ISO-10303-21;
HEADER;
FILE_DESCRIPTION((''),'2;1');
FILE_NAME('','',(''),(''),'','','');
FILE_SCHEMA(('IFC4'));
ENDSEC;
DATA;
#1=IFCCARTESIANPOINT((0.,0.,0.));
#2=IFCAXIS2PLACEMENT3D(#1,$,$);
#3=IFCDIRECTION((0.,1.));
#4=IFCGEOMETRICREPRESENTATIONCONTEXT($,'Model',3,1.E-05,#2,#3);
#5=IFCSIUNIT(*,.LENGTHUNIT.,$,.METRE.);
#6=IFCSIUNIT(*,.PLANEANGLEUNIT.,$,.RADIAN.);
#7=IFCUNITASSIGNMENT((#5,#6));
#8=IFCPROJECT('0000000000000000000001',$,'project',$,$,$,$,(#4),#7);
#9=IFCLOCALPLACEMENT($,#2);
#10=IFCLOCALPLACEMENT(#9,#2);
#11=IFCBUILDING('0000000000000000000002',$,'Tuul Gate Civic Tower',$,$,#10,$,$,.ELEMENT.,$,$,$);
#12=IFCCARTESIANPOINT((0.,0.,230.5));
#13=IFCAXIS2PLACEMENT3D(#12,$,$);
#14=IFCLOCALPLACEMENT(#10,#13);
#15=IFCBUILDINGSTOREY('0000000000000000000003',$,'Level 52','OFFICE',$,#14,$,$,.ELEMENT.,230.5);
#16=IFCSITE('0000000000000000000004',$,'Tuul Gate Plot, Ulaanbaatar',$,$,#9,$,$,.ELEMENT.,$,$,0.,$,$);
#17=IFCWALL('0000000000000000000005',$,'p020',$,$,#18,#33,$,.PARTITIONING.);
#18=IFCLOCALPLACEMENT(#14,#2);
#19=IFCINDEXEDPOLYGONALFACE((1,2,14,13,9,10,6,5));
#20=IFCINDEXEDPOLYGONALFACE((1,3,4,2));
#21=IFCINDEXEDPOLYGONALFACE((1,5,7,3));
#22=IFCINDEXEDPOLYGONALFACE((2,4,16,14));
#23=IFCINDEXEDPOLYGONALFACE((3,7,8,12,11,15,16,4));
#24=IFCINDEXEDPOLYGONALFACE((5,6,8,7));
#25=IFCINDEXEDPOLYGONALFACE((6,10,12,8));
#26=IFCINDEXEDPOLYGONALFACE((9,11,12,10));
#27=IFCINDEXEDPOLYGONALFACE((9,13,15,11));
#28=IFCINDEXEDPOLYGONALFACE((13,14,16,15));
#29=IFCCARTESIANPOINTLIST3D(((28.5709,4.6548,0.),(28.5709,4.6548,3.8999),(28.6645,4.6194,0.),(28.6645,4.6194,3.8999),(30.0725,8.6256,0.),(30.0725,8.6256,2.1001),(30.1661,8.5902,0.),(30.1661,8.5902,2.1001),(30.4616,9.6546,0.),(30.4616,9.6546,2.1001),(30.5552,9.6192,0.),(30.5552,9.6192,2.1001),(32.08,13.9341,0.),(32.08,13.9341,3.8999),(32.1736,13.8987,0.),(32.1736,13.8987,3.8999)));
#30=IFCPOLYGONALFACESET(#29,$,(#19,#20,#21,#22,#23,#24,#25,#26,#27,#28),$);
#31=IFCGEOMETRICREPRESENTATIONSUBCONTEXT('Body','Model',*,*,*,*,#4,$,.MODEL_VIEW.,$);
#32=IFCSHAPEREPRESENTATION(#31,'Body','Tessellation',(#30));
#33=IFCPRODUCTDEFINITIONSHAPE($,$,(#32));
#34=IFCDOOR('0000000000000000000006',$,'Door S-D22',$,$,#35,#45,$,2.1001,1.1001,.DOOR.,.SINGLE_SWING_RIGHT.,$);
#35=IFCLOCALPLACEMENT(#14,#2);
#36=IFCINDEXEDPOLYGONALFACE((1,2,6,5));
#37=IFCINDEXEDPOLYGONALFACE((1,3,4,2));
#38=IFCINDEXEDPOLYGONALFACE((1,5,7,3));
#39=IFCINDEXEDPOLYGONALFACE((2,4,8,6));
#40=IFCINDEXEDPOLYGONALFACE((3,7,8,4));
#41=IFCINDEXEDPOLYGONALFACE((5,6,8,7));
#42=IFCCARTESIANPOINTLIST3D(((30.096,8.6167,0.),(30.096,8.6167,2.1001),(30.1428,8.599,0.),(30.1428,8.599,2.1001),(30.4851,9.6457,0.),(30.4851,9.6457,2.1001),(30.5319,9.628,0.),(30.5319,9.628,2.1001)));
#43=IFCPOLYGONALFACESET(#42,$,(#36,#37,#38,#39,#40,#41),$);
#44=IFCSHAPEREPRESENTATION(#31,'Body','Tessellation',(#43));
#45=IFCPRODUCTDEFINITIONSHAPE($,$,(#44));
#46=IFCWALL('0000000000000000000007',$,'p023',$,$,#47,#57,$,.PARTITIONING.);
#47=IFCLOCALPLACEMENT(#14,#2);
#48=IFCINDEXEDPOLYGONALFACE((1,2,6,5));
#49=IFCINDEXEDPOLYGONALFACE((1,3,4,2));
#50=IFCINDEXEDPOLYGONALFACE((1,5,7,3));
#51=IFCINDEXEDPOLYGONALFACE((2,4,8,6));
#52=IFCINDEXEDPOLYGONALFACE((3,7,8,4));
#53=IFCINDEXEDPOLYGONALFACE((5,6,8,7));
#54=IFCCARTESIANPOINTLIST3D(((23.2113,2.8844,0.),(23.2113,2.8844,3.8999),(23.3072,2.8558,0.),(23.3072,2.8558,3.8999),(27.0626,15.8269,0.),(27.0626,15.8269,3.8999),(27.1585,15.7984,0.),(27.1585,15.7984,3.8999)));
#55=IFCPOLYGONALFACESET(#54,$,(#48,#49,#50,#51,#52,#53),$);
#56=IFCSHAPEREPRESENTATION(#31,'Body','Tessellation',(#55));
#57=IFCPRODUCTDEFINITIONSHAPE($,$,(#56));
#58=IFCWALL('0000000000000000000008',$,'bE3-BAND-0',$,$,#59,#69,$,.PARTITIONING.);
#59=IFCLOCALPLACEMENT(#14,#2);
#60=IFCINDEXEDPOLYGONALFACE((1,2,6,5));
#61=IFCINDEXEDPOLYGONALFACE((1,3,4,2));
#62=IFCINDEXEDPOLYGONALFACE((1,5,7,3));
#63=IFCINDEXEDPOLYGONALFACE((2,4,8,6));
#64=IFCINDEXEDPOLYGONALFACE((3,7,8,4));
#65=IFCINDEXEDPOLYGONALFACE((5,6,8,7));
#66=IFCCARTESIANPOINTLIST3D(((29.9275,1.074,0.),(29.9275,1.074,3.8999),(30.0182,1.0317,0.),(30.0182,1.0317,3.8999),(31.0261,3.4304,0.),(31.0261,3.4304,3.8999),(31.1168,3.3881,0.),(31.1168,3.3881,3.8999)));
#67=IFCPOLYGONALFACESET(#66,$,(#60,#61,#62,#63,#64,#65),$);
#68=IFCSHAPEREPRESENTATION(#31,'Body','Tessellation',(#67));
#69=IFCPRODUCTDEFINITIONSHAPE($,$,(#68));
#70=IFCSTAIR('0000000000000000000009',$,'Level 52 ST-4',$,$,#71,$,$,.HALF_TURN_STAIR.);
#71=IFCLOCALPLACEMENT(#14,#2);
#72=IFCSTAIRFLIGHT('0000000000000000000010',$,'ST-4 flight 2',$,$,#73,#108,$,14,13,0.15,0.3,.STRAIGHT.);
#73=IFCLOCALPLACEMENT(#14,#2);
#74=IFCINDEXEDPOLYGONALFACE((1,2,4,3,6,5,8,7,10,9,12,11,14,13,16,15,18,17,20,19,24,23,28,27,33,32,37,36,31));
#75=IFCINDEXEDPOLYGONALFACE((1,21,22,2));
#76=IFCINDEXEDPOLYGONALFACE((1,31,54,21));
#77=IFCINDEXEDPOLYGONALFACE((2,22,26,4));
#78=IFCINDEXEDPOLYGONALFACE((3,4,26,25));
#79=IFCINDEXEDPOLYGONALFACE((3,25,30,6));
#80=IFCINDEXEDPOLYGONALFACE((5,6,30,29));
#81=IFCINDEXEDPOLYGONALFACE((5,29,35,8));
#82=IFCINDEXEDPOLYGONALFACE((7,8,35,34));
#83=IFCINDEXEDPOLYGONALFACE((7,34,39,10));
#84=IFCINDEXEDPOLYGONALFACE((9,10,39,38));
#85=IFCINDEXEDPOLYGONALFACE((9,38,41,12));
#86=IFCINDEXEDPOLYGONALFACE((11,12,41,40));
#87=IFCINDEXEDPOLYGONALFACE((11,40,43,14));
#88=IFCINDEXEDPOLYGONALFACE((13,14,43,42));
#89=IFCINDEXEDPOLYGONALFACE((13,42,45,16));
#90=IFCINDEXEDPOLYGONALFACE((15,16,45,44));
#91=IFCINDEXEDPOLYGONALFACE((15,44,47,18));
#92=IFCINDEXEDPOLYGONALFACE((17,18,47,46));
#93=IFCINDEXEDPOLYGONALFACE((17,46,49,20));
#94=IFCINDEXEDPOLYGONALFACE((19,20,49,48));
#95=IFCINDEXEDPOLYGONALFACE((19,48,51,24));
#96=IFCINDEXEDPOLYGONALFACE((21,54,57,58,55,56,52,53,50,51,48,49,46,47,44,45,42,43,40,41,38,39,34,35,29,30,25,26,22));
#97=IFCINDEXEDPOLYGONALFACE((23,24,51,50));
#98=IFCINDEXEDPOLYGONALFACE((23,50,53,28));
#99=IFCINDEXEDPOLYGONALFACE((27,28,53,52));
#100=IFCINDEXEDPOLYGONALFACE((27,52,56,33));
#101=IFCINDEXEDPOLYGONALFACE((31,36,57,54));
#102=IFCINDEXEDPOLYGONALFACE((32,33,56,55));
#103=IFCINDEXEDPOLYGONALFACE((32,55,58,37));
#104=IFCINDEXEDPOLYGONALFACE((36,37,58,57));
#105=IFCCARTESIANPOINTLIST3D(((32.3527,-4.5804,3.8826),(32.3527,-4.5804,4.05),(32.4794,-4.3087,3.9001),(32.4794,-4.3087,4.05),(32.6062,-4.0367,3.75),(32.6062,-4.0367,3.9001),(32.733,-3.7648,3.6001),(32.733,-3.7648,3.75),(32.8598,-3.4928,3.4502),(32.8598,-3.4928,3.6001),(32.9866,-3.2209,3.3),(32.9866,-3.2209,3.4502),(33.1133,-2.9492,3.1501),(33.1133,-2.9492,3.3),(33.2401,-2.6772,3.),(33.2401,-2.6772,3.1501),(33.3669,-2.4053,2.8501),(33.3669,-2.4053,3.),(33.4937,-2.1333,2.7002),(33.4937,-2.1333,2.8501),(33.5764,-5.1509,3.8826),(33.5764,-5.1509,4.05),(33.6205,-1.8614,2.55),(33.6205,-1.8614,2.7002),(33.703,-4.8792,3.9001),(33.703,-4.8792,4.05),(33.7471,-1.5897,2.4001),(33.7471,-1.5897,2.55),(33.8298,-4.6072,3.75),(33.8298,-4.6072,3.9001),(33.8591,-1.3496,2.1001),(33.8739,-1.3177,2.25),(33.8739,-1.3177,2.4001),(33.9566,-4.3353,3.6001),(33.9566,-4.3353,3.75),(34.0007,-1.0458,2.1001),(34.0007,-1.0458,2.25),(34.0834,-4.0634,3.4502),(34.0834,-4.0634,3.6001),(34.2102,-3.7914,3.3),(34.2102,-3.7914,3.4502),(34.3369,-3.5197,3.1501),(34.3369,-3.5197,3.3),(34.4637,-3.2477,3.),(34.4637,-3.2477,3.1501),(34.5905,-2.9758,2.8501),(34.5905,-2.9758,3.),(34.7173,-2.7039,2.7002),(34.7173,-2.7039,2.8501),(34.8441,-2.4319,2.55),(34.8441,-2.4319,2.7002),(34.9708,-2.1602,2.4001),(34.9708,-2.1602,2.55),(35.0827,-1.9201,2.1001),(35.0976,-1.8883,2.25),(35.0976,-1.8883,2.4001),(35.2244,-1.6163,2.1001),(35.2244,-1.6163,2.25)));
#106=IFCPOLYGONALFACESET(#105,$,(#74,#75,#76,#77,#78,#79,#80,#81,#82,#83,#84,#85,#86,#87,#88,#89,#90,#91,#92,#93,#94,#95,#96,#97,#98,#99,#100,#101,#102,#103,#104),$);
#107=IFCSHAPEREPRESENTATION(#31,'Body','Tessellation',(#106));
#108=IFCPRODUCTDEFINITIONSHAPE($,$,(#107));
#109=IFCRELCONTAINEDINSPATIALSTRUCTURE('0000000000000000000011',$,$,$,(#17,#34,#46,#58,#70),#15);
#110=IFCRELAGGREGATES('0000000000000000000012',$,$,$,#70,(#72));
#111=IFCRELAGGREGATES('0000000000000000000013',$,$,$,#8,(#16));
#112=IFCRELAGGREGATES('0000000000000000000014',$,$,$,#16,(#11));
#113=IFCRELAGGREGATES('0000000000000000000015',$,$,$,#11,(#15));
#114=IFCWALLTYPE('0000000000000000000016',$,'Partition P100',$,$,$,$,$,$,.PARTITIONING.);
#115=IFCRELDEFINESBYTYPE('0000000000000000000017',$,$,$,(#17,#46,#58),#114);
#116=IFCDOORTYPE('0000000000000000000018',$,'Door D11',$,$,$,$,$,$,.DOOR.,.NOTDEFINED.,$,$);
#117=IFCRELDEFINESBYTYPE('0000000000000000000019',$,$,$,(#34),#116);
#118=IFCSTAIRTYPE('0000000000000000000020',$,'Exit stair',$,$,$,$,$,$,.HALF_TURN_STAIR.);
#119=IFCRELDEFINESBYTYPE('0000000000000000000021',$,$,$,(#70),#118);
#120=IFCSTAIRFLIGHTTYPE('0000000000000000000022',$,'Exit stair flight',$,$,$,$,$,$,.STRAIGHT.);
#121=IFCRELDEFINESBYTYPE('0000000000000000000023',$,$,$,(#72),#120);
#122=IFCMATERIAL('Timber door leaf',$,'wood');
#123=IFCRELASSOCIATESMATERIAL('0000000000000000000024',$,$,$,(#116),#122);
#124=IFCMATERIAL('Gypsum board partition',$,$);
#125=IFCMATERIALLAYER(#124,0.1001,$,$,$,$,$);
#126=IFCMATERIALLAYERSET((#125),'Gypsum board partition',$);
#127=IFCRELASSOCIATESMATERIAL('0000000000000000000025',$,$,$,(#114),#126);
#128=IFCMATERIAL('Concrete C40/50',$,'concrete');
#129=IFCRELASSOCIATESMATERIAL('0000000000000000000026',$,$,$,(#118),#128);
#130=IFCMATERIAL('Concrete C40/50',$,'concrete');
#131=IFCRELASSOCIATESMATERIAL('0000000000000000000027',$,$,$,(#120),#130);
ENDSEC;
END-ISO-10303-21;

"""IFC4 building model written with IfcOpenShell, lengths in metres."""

from ifc_helpers import new_model, si_unit, direction, frame, frame_2d, origin, place, context, subcontext, project, spatial, polyline, rectangle, outline, extrude, material, layer, layer_set, type_object, element, fill, aggregate, save


model = new_model("IFC4")

# Units and contexts
model_context = context("Model", 3, precision=1e-05, world=origin(), true_north=direction((0.0, 1.0)))
body_context = subcontext(model_context, "Body", "Model", "MODEL_VIEW")
ifc_project = project(units=[si_unit("LENGTHUNIT", "METRE"), si_unit("PLANEANGLEUNIT", "RADIAN")], contexts=[model_context])

# Site, building, storey
site_placement = place(None, origin())
site = spatial("IfcSite", under=ifc_project, at=site_placement, Name="Tuul Gate Plot, Ulaanbaatar", CompositionType="ELEMENT", RefElevation=0.0)
building_placement = place(site_placement, origin())
building = spatial("IfcBuilding", under=site, at=building_placement, Name="Tuul Gate Civic Tower", CompositionType="ELEMENT")
storey_placement = place(building_placement, frame((0.0, 0.0, 230.5)))
storey = spatial("IfcBuildingStorey", under=building, at=storey_placement, Name="Level 52", Description="OFFICE", CompositionType="ELEMENT", Elevation=230.5)

# Shared definitions
ifc_material_1 = material(Name="Timber door leaf", Category="wood")
door_type_1 = type_object("IfcDoorType", Name="Door D11", OperationType="NOTDEFINED", PredefinedType="DOOR", material=ifc_material_1)

# Wall, opening, door
ifc_material_2 = material(Name="Gypsum board partition")
ifc_layer_1 = layer(ifc_material_2, 0.1001)
ifc_layer_set_1 = layer_set([ifc_layer_1], Name="Gypsum board partition")
wall_type_1 = type_object("IfcWallType", Name="Partition P100", PredefinedType="PARTITIONING", material=ifc_layer_set_1)
wall_1_placement = place(storey_placement, frame((28.6177, 4.637, 0.0), z_axis=(0.0, 0.0, 1.0), x_axis=(0.353711, 0.935355, 0.0)))
wall_1 = element("IfcWall", 1, at=wall_1_placement, inside=storey, type_object=wall_type_1, Name="p020", PredefinedType="PARTITIONING", context=body_context, shape_type="SweptSolid", body=[
    extrude(rectangle(XDim=9.9207, YDim=0.1001, at=frame_2d((4.9604, 0.0))), origin(), (0.0, 0.0, 1.0), 3.8999),
])
opening_1_placement = place(wall_1_placement, frame((4.2454, 0.0, 0.0)))
opening_1 = element("IfcOpeningElement", 2, at=opening_1_placement, cuts=wall_1, PredefinedType="OPENING", context=body_context, shape_type="SweptSolid", body=[
    extrude(rectangle(XDim=1.1001, YDim=2.1001, at=frame_2d((0.55, 1.05))), frame((0.0, 0.0601, 0.0), z_axis=(0.0, -1.0, 0.0), x_axis=(1.0, 0.0, 0.0)), (0.0, 0.0, 1.0), 0.1201),
])
door_1_placement = place(opening_1_placement, origin())
door_1 = element("IfcDoor", 3, at=door_1_placement, inside=storey, type_object=door_type_1, Name="Door S-D22", OperationType="SINGLE_SWING_RIGHT", OverallHeight=2.1001, OverallWidth=1.1001, PredefinedType="DOOR", context=body_context, shape_type="SweptSolid", body=[
    extrude(rectangle(XDim=1.1001, YDim=2.1001, at=frame_2d((0.55, 1.05))), frame((0.0, 0.0249, 0.0), z_axis=(0.0, -1.0, 0.0), x_axis=(1.0, 0.0, 0.0)), (0.0, 0.0, 1.0), 0.05),
])
fill(opening_1, door_1)

# Walls
wall_2_placement = place(storey_placement, frame((23.2593, 2.8701, 0.0), z_axis=(0.0, 0.0, 1.0), x_axis=(0.285209, 0.958465, 0.0)))
element("IfcWall", 4, at=wall_2_placement, inside=storey, type_object=wall_type_1, Name="p023", PredefinedType="PARTITIONING", context=body_context, shape_type="SweptSolid", body=[
    extrude(rectangle(XDim=13.5034, YDim=0.1001, at=frame_2d((6.7517, 0.0))), origin(), (0.0, 0.0, 1.0), 3.8999),
])
wall_3_placement = place(storey_placement, frame((29.9729, 1.053, 0.0), z_axis=(0.0, 0.0, 1.0), x_axis=(0.422556, 0.906337, 0.0)))
element("IfcWall", 5, at=wall_3_placement, inside=storey, type_object=wall_type_1, Name="bE3-BAND-0", PredefinedType="PARTITIONING", context=body_context, shape_type="SweptSolid", body=[
    extrude(rectangle(XDim=2.5999, YDim=0.1001, at=frame_2d((1.2998, 0.0))), origin(), (0.0, 0.0, 1.0), 3.8999),
])

# Stair, stair flight
ifc_material_3 = material(Name="Concrete C40/50", Category="concrete")
stair_type = type_object("IfcStairType", Name="Exit stair", PredefinedType="HALF_TURN_STAIR", material=ifc_material_3)
stair_placement = place(storey_placement, origin())
stair = element("IfcStair", 6, at=stair_placement, inside=storey, type_object=stair_type, Name="Level 52 ST-4", PredefinedType="HALF_TURN_STAIR")
ifc_material_4 = material(Name="Concrete C40/50", Category="concrete")
stair_flight_type = type_object("IfcStairFlightType", Name="Exit stair flight", PredefinedType="STRAIGHT", material=ifc_material_4)
stair_flight_placement = place(storey_placement, frame((34.6125, -1.3311, 2.1001), z_axis=(0.0, 0.0, 1.0), x_axis=(-0.422576, -0.906327, 0.0)))
stair_flight = element("IfcStairFlight", 7, at=stair_flight_placement, type_object=stair_flight_type, Name="ST-4 flight 2", NumberOfRisers=14, NumberOfTreads=13, PredefinedType="STRAIGHT", RiserHeight=0.15, TreadLength=0.3, context=body_context, shape_type="SweptSolid", body=[
    extrude(outline(polyline([(0.0, 0.0), (0.0, 0.1499), (0.3, 0.1499), (0.3, 0.3), (0.6001, 0.3), (0.6001, 0.45), (0.8999, 0.45), (0.8999, 0.6001), (1.2, 0.6001), (1.2, 0.75), (1.5, 0.75), (1.5, 0.8999), (1.8, 0.8999), (1.8, 1.05), (2.1001, 1.05), (2.1001, 1.2), (2.3999, 1.2), (2.3999, 1.3501), (2.7, 1.3501), (2.7, 1.5), (3.0, 1.5), (3.0, 1.6499), (3.3, 1.6499), (3.3, 1.8), (3.6001, 1.8), (3.6001, 1.95), (3.8999, 1.95), (3.8999, 2.1001), (3.8999, 1.7825), (0.3352, 0.0), (0.0, 0.0)])), frame((0.0, 0.675, 0.0), z_axis=(0.0, -1.0, 0.0), x_axis=(1.0, 0.0, 0.0)), (0.0, 0.0, 1.0), 1.3501),
])
aggregate(stair, [stair_flight])

save(model, "model.ifc")
